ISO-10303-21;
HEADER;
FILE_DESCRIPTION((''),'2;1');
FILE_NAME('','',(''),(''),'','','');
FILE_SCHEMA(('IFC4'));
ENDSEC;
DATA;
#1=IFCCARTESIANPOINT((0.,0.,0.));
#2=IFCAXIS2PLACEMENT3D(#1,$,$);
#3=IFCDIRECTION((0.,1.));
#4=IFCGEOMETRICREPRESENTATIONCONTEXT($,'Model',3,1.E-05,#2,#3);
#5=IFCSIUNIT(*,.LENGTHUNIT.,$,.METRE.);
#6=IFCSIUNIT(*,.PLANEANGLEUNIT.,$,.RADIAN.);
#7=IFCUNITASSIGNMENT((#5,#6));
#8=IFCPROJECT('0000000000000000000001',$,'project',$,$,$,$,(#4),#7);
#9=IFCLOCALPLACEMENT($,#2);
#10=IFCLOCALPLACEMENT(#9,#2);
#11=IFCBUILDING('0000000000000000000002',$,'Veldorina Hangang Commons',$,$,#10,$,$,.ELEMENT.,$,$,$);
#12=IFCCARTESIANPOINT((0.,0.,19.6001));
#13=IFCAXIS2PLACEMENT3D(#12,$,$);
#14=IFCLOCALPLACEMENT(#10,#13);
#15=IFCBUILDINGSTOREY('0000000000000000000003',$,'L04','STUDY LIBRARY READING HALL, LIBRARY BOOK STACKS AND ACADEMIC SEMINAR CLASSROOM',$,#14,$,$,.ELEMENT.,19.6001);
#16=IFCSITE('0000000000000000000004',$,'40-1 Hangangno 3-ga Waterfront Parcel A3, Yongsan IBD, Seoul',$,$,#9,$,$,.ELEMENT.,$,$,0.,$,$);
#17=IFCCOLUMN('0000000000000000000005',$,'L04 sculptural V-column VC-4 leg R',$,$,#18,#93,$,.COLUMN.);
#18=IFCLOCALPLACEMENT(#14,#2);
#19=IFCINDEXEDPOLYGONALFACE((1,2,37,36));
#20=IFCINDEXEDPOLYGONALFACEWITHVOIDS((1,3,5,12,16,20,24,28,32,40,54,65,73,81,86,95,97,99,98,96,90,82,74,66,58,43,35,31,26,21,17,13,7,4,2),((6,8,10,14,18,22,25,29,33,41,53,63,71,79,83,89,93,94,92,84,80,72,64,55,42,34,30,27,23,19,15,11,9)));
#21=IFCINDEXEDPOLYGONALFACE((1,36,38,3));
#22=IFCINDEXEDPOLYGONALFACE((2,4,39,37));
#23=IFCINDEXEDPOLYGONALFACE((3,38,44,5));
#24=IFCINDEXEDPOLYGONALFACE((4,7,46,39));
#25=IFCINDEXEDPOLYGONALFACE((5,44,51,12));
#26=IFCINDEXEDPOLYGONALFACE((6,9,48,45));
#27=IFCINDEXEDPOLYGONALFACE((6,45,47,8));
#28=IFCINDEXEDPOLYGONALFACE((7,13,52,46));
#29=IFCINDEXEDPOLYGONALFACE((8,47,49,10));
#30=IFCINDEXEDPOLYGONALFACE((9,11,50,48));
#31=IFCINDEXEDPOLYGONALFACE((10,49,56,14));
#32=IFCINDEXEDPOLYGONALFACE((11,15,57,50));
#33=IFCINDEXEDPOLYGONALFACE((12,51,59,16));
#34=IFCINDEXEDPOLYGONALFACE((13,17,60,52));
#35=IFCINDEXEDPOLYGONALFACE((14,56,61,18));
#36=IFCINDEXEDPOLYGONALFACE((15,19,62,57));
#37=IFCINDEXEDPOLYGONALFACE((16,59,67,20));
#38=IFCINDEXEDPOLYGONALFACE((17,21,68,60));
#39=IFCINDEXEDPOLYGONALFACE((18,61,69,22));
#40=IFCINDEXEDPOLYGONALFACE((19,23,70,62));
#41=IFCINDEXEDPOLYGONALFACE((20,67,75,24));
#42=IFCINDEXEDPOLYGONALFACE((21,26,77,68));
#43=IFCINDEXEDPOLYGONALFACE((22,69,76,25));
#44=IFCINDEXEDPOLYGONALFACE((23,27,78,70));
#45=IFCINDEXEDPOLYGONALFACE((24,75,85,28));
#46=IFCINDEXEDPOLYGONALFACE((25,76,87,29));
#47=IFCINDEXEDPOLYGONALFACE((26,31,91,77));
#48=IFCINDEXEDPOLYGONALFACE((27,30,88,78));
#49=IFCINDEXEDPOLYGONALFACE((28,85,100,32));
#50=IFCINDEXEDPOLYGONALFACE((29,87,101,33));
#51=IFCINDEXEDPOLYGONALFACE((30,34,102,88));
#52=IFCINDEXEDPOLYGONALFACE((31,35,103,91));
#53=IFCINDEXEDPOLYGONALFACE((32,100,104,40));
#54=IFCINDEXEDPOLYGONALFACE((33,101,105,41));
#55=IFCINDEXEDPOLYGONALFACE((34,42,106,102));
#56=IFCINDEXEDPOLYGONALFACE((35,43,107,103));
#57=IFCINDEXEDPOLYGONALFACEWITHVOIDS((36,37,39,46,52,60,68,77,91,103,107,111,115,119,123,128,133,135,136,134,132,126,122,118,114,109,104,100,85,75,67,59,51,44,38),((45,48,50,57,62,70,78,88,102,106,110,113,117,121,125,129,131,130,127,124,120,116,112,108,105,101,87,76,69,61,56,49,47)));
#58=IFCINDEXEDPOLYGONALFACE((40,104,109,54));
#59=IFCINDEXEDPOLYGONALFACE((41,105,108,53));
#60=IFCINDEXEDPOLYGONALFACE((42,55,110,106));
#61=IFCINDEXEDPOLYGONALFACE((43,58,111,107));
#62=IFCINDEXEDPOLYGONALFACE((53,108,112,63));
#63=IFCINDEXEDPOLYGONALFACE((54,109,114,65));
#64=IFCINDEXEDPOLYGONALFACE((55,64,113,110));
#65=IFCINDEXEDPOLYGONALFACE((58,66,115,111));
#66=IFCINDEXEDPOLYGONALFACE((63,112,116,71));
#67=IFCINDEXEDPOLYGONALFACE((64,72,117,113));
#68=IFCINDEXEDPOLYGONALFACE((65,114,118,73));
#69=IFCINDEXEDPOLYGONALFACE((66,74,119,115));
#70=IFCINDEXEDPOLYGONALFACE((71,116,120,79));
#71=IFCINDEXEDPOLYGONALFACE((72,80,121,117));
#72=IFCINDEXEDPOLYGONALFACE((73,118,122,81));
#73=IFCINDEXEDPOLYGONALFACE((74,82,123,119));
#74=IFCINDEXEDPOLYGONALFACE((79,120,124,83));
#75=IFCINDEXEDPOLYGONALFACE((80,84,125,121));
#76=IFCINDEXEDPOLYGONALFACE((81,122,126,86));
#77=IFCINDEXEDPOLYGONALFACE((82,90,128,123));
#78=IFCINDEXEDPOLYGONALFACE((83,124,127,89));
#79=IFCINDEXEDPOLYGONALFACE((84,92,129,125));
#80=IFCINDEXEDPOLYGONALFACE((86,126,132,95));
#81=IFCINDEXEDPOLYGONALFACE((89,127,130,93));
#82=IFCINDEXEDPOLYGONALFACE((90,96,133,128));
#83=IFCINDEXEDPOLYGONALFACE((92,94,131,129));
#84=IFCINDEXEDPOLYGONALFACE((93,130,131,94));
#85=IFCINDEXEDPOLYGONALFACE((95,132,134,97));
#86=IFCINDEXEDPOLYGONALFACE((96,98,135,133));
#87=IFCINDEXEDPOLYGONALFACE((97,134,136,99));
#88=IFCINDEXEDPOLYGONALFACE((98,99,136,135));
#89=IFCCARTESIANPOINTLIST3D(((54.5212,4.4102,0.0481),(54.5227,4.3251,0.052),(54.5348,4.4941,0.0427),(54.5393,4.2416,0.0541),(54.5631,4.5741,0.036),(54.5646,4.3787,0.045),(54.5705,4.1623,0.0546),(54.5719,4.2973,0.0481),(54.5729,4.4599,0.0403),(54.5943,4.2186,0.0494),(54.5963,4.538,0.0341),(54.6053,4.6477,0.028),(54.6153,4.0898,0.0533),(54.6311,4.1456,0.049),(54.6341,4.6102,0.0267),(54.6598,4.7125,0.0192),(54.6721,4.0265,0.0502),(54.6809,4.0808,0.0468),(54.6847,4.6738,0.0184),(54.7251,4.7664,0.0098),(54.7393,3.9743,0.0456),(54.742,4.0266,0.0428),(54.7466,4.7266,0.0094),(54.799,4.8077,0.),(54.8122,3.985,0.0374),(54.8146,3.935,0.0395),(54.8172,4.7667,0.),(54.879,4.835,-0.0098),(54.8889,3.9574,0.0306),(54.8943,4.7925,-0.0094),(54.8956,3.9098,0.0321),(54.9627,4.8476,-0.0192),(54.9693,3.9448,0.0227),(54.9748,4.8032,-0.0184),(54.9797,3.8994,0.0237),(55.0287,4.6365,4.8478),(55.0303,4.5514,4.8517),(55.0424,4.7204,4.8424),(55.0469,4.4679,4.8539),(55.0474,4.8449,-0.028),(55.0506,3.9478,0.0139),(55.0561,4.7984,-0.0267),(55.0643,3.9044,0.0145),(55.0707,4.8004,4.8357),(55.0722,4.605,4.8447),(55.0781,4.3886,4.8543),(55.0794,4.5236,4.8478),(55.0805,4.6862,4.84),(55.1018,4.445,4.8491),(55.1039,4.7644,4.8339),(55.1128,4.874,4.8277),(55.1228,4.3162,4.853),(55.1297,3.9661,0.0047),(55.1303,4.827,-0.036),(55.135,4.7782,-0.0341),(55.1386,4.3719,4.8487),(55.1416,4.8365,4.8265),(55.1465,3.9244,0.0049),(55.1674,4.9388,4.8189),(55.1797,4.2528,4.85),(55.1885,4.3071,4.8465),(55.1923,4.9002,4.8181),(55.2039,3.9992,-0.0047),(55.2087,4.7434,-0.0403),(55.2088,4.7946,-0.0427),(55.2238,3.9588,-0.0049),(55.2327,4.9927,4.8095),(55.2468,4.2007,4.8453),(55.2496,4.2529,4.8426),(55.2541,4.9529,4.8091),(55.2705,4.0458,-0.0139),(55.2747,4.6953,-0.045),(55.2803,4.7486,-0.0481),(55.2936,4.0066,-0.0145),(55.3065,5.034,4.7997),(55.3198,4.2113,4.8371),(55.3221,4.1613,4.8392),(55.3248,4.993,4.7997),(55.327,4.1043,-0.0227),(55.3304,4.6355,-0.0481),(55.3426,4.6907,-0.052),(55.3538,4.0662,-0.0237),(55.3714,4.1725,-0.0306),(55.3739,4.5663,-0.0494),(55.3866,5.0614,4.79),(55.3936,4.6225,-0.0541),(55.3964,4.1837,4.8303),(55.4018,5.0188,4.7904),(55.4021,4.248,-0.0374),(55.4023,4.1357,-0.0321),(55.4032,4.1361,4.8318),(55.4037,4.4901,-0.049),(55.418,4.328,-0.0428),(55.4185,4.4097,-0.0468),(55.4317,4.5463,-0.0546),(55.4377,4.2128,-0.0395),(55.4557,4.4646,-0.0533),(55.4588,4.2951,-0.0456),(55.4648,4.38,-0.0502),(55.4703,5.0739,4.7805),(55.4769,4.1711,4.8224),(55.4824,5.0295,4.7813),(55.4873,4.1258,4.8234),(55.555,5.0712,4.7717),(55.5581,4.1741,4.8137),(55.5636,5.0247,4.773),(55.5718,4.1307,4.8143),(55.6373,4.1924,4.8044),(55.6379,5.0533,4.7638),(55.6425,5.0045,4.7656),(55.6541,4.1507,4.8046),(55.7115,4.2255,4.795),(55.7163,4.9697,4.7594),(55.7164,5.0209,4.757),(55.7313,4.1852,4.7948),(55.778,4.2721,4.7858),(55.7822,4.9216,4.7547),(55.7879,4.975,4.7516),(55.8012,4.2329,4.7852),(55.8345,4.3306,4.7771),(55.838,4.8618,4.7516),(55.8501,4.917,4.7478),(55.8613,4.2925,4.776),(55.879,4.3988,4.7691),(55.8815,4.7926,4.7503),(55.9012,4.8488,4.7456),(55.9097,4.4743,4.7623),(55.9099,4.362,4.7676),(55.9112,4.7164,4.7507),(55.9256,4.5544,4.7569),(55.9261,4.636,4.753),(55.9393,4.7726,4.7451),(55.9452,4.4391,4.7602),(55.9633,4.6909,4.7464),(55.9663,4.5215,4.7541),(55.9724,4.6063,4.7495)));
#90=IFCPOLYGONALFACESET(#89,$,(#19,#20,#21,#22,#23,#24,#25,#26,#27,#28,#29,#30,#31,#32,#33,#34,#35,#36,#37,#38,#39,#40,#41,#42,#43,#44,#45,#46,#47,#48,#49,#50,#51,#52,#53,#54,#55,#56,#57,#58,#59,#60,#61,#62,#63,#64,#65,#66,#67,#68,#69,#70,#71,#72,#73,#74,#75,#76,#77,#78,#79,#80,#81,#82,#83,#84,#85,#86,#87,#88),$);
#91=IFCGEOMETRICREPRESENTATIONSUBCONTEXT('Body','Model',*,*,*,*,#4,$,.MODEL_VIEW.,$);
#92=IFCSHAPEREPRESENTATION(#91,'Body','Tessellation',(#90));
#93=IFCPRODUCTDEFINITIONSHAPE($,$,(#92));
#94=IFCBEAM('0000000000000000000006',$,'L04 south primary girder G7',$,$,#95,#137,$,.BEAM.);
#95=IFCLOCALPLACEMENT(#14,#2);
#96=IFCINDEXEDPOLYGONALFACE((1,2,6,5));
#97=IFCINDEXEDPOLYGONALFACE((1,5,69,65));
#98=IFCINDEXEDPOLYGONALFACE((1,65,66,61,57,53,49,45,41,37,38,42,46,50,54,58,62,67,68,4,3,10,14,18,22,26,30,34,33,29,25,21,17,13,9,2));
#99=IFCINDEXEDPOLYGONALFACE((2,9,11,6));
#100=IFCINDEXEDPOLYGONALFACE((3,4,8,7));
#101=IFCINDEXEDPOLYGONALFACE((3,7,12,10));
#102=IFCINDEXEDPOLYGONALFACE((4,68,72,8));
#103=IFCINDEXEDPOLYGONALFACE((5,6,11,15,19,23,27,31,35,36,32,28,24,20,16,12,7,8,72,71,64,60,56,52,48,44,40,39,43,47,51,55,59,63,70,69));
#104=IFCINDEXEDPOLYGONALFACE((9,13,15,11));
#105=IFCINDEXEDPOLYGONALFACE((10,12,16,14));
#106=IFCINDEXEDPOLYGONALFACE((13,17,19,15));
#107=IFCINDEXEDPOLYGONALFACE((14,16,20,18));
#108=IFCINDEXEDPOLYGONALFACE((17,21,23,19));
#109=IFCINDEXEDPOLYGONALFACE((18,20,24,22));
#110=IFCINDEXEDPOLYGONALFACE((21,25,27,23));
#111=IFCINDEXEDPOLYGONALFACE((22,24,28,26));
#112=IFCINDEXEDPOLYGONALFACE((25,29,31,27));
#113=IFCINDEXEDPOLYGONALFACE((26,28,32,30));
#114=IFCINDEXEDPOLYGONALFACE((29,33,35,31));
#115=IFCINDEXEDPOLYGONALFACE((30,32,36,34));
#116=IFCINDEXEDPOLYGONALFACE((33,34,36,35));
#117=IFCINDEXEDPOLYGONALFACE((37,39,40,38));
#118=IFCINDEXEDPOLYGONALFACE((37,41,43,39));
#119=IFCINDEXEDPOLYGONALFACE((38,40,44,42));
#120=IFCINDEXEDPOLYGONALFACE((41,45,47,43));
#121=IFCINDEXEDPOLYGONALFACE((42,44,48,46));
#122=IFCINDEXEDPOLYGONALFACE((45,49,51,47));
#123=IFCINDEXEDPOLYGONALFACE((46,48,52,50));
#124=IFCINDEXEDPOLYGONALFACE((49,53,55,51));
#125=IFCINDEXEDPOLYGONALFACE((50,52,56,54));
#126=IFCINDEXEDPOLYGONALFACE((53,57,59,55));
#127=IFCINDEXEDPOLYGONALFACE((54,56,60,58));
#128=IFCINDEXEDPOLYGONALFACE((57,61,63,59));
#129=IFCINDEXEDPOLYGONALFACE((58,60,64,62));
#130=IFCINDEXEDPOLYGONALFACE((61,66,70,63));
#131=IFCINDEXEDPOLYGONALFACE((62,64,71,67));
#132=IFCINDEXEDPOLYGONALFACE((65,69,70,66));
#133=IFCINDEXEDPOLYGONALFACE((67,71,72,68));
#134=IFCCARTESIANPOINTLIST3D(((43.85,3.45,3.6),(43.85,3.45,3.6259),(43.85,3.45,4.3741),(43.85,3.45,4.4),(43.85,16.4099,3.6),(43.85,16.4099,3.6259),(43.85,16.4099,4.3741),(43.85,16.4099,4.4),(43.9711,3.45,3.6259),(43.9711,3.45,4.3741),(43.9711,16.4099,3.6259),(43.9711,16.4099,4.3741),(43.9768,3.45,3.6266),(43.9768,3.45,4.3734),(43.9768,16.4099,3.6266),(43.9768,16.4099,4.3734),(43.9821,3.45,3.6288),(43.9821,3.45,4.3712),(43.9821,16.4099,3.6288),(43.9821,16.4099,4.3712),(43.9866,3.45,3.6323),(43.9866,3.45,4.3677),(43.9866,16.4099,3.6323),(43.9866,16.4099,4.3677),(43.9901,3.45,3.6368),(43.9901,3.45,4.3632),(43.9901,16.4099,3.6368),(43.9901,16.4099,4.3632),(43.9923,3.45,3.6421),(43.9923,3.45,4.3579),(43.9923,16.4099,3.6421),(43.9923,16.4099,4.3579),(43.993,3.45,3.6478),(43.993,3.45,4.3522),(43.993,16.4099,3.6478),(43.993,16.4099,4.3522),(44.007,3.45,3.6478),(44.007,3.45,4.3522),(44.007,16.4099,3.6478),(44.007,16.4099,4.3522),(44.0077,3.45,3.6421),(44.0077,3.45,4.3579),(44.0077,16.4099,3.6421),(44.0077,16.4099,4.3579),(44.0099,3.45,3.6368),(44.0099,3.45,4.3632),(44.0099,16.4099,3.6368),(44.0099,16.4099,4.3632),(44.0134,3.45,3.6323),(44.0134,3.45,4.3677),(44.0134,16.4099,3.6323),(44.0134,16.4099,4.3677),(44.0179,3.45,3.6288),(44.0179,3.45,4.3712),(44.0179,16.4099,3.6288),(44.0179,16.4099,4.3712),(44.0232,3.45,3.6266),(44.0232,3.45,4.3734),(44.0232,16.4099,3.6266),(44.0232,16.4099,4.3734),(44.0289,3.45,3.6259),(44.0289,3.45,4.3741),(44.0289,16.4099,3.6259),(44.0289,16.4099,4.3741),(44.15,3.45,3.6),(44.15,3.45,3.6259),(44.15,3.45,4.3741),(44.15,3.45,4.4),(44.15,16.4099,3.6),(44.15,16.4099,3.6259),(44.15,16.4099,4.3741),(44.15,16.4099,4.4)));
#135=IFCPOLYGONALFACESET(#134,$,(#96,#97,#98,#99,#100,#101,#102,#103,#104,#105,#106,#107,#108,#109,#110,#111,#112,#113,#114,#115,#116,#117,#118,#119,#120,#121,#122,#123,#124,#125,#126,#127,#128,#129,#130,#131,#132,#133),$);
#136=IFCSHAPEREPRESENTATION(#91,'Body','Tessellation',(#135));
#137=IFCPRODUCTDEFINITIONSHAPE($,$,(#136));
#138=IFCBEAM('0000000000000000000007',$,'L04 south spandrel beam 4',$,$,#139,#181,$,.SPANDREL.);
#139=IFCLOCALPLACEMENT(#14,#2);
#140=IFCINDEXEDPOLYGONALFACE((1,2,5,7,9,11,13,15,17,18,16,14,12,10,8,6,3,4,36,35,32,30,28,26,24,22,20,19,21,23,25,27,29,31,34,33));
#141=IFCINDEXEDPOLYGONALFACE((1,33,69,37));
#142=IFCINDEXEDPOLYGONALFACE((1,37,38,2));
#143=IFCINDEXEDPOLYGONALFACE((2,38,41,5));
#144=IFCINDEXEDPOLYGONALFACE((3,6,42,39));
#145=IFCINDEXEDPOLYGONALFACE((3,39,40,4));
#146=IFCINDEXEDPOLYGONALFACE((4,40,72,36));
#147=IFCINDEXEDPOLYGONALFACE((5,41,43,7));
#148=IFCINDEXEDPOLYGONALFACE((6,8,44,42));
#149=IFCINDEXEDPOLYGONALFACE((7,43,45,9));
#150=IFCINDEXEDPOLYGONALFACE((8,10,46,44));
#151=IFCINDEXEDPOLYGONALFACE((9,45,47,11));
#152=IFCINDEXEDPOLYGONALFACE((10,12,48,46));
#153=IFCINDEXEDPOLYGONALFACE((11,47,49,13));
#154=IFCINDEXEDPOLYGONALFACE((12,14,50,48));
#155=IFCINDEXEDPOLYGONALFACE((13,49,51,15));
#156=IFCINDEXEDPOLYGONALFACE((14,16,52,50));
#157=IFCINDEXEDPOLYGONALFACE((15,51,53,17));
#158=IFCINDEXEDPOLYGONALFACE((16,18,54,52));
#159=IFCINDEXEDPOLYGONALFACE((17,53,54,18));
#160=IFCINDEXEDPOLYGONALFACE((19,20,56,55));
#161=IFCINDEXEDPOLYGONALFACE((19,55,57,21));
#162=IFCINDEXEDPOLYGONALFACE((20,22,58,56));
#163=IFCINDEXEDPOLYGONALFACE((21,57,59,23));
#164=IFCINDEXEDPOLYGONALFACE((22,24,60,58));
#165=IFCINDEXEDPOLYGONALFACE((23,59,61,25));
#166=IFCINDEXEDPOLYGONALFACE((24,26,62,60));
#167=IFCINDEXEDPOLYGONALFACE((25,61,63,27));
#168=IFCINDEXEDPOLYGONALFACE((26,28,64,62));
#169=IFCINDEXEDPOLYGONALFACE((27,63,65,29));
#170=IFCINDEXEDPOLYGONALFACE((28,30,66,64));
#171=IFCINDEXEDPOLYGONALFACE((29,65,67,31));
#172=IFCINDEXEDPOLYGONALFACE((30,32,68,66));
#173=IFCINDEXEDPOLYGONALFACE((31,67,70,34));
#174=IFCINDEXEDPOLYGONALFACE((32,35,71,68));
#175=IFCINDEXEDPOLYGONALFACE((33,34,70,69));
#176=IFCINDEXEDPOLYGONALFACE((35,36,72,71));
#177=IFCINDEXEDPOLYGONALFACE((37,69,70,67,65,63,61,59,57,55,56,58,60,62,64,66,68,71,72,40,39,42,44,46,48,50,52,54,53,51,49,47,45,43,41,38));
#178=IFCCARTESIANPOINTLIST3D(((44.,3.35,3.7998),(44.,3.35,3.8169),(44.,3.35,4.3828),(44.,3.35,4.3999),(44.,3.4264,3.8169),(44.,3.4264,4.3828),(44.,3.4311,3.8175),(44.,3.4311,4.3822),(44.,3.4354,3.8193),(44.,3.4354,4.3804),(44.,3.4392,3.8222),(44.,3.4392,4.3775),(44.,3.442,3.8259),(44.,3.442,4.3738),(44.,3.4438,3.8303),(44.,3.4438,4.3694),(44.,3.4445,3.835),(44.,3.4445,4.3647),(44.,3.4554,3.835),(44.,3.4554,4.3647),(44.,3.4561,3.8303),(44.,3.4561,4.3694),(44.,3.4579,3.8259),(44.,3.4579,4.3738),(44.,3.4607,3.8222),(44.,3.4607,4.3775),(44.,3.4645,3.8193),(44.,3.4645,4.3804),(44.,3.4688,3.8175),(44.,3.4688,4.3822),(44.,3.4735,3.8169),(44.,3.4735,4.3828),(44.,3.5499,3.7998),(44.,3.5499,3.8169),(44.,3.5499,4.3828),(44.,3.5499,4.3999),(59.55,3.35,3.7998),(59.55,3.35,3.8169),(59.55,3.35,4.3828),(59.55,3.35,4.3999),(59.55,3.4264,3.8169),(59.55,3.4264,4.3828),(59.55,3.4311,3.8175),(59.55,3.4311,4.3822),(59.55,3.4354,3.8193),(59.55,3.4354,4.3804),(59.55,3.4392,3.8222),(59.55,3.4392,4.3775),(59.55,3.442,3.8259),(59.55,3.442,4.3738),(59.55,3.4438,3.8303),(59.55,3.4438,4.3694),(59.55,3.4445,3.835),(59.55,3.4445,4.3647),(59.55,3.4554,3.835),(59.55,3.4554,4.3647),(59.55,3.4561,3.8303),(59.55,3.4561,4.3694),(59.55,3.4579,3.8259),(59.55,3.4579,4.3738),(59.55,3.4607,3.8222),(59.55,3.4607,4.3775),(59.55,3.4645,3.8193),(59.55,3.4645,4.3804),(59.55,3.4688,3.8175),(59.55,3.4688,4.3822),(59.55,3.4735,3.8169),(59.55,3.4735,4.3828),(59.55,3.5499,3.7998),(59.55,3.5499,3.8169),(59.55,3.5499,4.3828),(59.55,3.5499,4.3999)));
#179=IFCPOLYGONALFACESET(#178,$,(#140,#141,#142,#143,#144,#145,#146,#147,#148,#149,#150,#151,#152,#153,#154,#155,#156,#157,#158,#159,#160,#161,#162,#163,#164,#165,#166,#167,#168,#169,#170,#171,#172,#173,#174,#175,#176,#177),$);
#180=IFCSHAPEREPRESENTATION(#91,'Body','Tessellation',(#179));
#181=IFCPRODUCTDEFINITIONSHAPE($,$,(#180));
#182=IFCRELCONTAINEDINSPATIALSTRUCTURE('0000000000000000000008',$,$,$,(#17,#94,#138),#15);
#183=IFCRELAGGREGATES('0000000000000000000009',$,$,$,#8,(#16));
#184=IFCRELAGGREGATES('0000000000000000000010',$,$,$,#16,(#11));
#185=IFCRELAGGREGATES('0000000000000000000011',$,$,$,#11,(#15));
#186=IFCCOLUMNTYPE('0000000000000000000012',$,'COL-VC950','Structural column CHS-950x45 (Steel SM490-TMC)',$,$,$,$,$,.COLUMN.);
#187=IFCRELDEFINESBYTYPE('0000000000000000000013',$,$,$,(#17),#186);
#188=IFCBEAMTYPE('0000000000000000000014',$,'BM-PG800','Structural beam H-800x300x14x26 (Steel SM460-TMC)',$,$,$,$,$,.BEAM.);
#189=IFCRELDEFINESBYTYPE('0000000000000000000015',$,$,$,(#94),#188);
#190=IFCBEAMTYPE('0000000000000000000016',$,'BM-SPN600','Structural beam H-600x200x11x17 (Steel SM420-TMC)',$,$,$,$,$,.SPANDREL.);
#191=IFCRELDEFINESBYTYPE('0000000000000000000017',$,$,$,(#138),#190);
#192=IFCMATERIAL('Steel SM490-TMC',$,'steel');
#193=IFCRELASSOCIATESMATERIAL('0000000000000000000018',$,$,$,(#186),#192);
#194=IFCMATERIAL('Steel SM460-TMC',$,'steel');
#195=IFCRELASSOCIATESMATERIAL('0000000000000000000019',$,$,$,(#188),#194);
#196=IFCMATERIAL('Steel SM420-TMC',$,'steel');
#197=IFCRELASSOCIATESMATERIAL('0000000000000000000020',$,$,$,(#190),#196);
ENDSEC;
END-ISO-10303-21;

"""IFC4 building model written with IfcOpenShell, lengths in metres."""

from ifc_helpers import new_model, si_unit, direction, frame, origin, origin_2d, place, context, subcontext, project, spatial, hollow_circle, i_section, extrude, material, material_profile, profile_set, type_object, element, save


model = new_model("IFC4")

# Units and contexts
model_context = context("Model", 3, precision=1e-05, world=origin(), true_north=direction((0.0, 1.0)))
body_context = subcontext(model_context, "Body", "Model", "MODEL_VIEW")
ifc_project = project(units=[si_unit("LENGTHUNIT", "METRE"), si_unit("PLANEANGLEUNIT", "RADIAN")], contexts=[model_context])

# Site, building, storey
site_placement = place(None, origin())
site = spatial("IfcSite", under=ifc_project, at=site_placement, Name="40-1 Hangangno 3-ga Waterfront Parcel A3, Yongsan IBD, Seoul", CompositionType="ELEMENT", RefElevation=0.0)
building_placement = place(site_placement, origin())
building = spatial("IfcBuilding", under=site, at=building_placement, Name="Veldorina Hangang Commons", CompositionType="ELEMENT")
storey_placement = place(building_placement, frame((0.0, 0.0, 19.6001)))
storey = spatial("IfcBuildingStorey", under=building, at=storey_placement, Name="L04", Description="STUDY LIBRARY READING HALL, LIBRARY BOOK STACKS AND ACADEMIC SEMINAR CLASSROOM", CompositionType="ELEMENT", Elevation=19.6001)

# Column
ifc_material_1 = material(Name="Steel SM420-TMC", Category="steel")
ifc_material_2 = material(Name="Steel SM490-TMC", Category="steel")
ifc_material_profile_1 = material_profile(ifc_material_2, hollow_circle(Radius=0.4751, WallThickness=0.0449, at=origin_2d()), Name="CHS-950x45")
ifc_profile_set_1 = profile_set([ifc_material_profile_1], Name="Steel SM490-TMC")
column_type_1 = type_object("IfcColumnType", Name="COL-VC950", Description="Structural column CHS-950x45 (Steel SM490-TMC)", PredefinedType="COLUMN", material=ifc_profile_set_1)
for number, where, z_axis, x_axis, name in (
    (1, (54.9924, 4.3738, 0.0), (0.105046, 0.046839, 0.993364), (-0.407239, 0.913322, 0.0), "L04 sculptural V-column VC-4 leg R"),
):
    element("IfcColumn", number, at=place(storey_placement, frame(where, z_axis=z_axis, x_axis=x_axis)), inside=storey, type_object=column_type_1, Name=name, PredefinedType="COLUMN", context=body_context, shape_type="SweptSolid", body=[
        extrude(hollow_circle(Radius=0.4751, WallThickness=0.0449, at=origin_2d()), origin(), (0.0, 0.0, 1.0), 4.8318),
    ])

# Beams
ifc_material_3 = material(Name="Steel SM460-TMC", Category="steel")
ifc_material_profile_2 = material_profile(ifc_material_3, i_section(OverallWidth=0.3, OverallDepth=0.8, WebThickness=0.0139, FlangeThickness=0.0259, FilletRadius=0.022, at=origin_2d()), Name="H-800x300x14x26")
ifc_profile_set_2 = profile_set([ifc_material_profile_2], Name="Steel SM460-TMC")
beam_type_1 = type_object("IfcBeamType", Name="BM-PG800", Description="Structural beam H-800x300x14x26 (Steel SM460-TMC)", PredefinedType="BEAM", material=ifc_profile_set_2)
beam_1_placement = place(storey_placement, frame((44.0, 3.45, 4.0), z_axis=(0.0, 1.0, 0.0), x_axis=(-1.0, 0.0, 0.0)))
element("IfcBeam", 2, at=beam_1_placement, inside=storey, type_object=beam_type_1, Name="L04 south primary girder G7", PredefinedType="BEAM", context=body_context, shape_type="SweptSolid", body=[
    extrude(i_section(OverallWidth=0.3, OverallDepth=0.8, WebThickness=0.0139, FlangeThickness=0.0259, FilletRadius=0.022, at=origin_2d()), origin(), (0.0, 0.0, 1.0), 12.96),
])
ifc_material_profile_3 = material_profile(ifc_material_1, i_section(OverallWidth=0.2, OverallDepth=0.6001, WebThickness=0.011, FlangeThickness=0.0171, FilletRadius=0.0181, at=origin_2d()), Name="H-600x200x11x17")
ifc_profile_set_3 = profile_set([ifc_material_profile_3], Name="Steel SM420-TMC")
beam_type_2 = type_object("IfcBeamType", Name="BM-SPN600", Description="Structural beam H-600x200x11x17 (Steel SM420-TMC)", PredefinedType="SPANDREL", material=ifc_profile_set_3)
beam_2_placement = place(storey_placement, frame((44.0, 3.45, 4.0999), z_axis=(1.0, 0.0, 0.0), x_axis=(0.0, 1.0, 0.0)))
element("IfcBeam", 3, at=beam_2_placement, inside=storey, type_object=beam_type_2, Name="L04 south spandrel beam 4", PredefinedType="SPANDREL", context=body_context, shape_type="SweptSolid", body=[
    extrude(i_section(OverallWidth=0.2, OverallDepth=0.6001, WebThickness=0.011, FlangeThickness=0.0171, FilletRadius=0.0181, at=origin_2d()), origin(), (0.0, 0.0, 1.0), 15.55),
])

save(model, "model.ifc")
